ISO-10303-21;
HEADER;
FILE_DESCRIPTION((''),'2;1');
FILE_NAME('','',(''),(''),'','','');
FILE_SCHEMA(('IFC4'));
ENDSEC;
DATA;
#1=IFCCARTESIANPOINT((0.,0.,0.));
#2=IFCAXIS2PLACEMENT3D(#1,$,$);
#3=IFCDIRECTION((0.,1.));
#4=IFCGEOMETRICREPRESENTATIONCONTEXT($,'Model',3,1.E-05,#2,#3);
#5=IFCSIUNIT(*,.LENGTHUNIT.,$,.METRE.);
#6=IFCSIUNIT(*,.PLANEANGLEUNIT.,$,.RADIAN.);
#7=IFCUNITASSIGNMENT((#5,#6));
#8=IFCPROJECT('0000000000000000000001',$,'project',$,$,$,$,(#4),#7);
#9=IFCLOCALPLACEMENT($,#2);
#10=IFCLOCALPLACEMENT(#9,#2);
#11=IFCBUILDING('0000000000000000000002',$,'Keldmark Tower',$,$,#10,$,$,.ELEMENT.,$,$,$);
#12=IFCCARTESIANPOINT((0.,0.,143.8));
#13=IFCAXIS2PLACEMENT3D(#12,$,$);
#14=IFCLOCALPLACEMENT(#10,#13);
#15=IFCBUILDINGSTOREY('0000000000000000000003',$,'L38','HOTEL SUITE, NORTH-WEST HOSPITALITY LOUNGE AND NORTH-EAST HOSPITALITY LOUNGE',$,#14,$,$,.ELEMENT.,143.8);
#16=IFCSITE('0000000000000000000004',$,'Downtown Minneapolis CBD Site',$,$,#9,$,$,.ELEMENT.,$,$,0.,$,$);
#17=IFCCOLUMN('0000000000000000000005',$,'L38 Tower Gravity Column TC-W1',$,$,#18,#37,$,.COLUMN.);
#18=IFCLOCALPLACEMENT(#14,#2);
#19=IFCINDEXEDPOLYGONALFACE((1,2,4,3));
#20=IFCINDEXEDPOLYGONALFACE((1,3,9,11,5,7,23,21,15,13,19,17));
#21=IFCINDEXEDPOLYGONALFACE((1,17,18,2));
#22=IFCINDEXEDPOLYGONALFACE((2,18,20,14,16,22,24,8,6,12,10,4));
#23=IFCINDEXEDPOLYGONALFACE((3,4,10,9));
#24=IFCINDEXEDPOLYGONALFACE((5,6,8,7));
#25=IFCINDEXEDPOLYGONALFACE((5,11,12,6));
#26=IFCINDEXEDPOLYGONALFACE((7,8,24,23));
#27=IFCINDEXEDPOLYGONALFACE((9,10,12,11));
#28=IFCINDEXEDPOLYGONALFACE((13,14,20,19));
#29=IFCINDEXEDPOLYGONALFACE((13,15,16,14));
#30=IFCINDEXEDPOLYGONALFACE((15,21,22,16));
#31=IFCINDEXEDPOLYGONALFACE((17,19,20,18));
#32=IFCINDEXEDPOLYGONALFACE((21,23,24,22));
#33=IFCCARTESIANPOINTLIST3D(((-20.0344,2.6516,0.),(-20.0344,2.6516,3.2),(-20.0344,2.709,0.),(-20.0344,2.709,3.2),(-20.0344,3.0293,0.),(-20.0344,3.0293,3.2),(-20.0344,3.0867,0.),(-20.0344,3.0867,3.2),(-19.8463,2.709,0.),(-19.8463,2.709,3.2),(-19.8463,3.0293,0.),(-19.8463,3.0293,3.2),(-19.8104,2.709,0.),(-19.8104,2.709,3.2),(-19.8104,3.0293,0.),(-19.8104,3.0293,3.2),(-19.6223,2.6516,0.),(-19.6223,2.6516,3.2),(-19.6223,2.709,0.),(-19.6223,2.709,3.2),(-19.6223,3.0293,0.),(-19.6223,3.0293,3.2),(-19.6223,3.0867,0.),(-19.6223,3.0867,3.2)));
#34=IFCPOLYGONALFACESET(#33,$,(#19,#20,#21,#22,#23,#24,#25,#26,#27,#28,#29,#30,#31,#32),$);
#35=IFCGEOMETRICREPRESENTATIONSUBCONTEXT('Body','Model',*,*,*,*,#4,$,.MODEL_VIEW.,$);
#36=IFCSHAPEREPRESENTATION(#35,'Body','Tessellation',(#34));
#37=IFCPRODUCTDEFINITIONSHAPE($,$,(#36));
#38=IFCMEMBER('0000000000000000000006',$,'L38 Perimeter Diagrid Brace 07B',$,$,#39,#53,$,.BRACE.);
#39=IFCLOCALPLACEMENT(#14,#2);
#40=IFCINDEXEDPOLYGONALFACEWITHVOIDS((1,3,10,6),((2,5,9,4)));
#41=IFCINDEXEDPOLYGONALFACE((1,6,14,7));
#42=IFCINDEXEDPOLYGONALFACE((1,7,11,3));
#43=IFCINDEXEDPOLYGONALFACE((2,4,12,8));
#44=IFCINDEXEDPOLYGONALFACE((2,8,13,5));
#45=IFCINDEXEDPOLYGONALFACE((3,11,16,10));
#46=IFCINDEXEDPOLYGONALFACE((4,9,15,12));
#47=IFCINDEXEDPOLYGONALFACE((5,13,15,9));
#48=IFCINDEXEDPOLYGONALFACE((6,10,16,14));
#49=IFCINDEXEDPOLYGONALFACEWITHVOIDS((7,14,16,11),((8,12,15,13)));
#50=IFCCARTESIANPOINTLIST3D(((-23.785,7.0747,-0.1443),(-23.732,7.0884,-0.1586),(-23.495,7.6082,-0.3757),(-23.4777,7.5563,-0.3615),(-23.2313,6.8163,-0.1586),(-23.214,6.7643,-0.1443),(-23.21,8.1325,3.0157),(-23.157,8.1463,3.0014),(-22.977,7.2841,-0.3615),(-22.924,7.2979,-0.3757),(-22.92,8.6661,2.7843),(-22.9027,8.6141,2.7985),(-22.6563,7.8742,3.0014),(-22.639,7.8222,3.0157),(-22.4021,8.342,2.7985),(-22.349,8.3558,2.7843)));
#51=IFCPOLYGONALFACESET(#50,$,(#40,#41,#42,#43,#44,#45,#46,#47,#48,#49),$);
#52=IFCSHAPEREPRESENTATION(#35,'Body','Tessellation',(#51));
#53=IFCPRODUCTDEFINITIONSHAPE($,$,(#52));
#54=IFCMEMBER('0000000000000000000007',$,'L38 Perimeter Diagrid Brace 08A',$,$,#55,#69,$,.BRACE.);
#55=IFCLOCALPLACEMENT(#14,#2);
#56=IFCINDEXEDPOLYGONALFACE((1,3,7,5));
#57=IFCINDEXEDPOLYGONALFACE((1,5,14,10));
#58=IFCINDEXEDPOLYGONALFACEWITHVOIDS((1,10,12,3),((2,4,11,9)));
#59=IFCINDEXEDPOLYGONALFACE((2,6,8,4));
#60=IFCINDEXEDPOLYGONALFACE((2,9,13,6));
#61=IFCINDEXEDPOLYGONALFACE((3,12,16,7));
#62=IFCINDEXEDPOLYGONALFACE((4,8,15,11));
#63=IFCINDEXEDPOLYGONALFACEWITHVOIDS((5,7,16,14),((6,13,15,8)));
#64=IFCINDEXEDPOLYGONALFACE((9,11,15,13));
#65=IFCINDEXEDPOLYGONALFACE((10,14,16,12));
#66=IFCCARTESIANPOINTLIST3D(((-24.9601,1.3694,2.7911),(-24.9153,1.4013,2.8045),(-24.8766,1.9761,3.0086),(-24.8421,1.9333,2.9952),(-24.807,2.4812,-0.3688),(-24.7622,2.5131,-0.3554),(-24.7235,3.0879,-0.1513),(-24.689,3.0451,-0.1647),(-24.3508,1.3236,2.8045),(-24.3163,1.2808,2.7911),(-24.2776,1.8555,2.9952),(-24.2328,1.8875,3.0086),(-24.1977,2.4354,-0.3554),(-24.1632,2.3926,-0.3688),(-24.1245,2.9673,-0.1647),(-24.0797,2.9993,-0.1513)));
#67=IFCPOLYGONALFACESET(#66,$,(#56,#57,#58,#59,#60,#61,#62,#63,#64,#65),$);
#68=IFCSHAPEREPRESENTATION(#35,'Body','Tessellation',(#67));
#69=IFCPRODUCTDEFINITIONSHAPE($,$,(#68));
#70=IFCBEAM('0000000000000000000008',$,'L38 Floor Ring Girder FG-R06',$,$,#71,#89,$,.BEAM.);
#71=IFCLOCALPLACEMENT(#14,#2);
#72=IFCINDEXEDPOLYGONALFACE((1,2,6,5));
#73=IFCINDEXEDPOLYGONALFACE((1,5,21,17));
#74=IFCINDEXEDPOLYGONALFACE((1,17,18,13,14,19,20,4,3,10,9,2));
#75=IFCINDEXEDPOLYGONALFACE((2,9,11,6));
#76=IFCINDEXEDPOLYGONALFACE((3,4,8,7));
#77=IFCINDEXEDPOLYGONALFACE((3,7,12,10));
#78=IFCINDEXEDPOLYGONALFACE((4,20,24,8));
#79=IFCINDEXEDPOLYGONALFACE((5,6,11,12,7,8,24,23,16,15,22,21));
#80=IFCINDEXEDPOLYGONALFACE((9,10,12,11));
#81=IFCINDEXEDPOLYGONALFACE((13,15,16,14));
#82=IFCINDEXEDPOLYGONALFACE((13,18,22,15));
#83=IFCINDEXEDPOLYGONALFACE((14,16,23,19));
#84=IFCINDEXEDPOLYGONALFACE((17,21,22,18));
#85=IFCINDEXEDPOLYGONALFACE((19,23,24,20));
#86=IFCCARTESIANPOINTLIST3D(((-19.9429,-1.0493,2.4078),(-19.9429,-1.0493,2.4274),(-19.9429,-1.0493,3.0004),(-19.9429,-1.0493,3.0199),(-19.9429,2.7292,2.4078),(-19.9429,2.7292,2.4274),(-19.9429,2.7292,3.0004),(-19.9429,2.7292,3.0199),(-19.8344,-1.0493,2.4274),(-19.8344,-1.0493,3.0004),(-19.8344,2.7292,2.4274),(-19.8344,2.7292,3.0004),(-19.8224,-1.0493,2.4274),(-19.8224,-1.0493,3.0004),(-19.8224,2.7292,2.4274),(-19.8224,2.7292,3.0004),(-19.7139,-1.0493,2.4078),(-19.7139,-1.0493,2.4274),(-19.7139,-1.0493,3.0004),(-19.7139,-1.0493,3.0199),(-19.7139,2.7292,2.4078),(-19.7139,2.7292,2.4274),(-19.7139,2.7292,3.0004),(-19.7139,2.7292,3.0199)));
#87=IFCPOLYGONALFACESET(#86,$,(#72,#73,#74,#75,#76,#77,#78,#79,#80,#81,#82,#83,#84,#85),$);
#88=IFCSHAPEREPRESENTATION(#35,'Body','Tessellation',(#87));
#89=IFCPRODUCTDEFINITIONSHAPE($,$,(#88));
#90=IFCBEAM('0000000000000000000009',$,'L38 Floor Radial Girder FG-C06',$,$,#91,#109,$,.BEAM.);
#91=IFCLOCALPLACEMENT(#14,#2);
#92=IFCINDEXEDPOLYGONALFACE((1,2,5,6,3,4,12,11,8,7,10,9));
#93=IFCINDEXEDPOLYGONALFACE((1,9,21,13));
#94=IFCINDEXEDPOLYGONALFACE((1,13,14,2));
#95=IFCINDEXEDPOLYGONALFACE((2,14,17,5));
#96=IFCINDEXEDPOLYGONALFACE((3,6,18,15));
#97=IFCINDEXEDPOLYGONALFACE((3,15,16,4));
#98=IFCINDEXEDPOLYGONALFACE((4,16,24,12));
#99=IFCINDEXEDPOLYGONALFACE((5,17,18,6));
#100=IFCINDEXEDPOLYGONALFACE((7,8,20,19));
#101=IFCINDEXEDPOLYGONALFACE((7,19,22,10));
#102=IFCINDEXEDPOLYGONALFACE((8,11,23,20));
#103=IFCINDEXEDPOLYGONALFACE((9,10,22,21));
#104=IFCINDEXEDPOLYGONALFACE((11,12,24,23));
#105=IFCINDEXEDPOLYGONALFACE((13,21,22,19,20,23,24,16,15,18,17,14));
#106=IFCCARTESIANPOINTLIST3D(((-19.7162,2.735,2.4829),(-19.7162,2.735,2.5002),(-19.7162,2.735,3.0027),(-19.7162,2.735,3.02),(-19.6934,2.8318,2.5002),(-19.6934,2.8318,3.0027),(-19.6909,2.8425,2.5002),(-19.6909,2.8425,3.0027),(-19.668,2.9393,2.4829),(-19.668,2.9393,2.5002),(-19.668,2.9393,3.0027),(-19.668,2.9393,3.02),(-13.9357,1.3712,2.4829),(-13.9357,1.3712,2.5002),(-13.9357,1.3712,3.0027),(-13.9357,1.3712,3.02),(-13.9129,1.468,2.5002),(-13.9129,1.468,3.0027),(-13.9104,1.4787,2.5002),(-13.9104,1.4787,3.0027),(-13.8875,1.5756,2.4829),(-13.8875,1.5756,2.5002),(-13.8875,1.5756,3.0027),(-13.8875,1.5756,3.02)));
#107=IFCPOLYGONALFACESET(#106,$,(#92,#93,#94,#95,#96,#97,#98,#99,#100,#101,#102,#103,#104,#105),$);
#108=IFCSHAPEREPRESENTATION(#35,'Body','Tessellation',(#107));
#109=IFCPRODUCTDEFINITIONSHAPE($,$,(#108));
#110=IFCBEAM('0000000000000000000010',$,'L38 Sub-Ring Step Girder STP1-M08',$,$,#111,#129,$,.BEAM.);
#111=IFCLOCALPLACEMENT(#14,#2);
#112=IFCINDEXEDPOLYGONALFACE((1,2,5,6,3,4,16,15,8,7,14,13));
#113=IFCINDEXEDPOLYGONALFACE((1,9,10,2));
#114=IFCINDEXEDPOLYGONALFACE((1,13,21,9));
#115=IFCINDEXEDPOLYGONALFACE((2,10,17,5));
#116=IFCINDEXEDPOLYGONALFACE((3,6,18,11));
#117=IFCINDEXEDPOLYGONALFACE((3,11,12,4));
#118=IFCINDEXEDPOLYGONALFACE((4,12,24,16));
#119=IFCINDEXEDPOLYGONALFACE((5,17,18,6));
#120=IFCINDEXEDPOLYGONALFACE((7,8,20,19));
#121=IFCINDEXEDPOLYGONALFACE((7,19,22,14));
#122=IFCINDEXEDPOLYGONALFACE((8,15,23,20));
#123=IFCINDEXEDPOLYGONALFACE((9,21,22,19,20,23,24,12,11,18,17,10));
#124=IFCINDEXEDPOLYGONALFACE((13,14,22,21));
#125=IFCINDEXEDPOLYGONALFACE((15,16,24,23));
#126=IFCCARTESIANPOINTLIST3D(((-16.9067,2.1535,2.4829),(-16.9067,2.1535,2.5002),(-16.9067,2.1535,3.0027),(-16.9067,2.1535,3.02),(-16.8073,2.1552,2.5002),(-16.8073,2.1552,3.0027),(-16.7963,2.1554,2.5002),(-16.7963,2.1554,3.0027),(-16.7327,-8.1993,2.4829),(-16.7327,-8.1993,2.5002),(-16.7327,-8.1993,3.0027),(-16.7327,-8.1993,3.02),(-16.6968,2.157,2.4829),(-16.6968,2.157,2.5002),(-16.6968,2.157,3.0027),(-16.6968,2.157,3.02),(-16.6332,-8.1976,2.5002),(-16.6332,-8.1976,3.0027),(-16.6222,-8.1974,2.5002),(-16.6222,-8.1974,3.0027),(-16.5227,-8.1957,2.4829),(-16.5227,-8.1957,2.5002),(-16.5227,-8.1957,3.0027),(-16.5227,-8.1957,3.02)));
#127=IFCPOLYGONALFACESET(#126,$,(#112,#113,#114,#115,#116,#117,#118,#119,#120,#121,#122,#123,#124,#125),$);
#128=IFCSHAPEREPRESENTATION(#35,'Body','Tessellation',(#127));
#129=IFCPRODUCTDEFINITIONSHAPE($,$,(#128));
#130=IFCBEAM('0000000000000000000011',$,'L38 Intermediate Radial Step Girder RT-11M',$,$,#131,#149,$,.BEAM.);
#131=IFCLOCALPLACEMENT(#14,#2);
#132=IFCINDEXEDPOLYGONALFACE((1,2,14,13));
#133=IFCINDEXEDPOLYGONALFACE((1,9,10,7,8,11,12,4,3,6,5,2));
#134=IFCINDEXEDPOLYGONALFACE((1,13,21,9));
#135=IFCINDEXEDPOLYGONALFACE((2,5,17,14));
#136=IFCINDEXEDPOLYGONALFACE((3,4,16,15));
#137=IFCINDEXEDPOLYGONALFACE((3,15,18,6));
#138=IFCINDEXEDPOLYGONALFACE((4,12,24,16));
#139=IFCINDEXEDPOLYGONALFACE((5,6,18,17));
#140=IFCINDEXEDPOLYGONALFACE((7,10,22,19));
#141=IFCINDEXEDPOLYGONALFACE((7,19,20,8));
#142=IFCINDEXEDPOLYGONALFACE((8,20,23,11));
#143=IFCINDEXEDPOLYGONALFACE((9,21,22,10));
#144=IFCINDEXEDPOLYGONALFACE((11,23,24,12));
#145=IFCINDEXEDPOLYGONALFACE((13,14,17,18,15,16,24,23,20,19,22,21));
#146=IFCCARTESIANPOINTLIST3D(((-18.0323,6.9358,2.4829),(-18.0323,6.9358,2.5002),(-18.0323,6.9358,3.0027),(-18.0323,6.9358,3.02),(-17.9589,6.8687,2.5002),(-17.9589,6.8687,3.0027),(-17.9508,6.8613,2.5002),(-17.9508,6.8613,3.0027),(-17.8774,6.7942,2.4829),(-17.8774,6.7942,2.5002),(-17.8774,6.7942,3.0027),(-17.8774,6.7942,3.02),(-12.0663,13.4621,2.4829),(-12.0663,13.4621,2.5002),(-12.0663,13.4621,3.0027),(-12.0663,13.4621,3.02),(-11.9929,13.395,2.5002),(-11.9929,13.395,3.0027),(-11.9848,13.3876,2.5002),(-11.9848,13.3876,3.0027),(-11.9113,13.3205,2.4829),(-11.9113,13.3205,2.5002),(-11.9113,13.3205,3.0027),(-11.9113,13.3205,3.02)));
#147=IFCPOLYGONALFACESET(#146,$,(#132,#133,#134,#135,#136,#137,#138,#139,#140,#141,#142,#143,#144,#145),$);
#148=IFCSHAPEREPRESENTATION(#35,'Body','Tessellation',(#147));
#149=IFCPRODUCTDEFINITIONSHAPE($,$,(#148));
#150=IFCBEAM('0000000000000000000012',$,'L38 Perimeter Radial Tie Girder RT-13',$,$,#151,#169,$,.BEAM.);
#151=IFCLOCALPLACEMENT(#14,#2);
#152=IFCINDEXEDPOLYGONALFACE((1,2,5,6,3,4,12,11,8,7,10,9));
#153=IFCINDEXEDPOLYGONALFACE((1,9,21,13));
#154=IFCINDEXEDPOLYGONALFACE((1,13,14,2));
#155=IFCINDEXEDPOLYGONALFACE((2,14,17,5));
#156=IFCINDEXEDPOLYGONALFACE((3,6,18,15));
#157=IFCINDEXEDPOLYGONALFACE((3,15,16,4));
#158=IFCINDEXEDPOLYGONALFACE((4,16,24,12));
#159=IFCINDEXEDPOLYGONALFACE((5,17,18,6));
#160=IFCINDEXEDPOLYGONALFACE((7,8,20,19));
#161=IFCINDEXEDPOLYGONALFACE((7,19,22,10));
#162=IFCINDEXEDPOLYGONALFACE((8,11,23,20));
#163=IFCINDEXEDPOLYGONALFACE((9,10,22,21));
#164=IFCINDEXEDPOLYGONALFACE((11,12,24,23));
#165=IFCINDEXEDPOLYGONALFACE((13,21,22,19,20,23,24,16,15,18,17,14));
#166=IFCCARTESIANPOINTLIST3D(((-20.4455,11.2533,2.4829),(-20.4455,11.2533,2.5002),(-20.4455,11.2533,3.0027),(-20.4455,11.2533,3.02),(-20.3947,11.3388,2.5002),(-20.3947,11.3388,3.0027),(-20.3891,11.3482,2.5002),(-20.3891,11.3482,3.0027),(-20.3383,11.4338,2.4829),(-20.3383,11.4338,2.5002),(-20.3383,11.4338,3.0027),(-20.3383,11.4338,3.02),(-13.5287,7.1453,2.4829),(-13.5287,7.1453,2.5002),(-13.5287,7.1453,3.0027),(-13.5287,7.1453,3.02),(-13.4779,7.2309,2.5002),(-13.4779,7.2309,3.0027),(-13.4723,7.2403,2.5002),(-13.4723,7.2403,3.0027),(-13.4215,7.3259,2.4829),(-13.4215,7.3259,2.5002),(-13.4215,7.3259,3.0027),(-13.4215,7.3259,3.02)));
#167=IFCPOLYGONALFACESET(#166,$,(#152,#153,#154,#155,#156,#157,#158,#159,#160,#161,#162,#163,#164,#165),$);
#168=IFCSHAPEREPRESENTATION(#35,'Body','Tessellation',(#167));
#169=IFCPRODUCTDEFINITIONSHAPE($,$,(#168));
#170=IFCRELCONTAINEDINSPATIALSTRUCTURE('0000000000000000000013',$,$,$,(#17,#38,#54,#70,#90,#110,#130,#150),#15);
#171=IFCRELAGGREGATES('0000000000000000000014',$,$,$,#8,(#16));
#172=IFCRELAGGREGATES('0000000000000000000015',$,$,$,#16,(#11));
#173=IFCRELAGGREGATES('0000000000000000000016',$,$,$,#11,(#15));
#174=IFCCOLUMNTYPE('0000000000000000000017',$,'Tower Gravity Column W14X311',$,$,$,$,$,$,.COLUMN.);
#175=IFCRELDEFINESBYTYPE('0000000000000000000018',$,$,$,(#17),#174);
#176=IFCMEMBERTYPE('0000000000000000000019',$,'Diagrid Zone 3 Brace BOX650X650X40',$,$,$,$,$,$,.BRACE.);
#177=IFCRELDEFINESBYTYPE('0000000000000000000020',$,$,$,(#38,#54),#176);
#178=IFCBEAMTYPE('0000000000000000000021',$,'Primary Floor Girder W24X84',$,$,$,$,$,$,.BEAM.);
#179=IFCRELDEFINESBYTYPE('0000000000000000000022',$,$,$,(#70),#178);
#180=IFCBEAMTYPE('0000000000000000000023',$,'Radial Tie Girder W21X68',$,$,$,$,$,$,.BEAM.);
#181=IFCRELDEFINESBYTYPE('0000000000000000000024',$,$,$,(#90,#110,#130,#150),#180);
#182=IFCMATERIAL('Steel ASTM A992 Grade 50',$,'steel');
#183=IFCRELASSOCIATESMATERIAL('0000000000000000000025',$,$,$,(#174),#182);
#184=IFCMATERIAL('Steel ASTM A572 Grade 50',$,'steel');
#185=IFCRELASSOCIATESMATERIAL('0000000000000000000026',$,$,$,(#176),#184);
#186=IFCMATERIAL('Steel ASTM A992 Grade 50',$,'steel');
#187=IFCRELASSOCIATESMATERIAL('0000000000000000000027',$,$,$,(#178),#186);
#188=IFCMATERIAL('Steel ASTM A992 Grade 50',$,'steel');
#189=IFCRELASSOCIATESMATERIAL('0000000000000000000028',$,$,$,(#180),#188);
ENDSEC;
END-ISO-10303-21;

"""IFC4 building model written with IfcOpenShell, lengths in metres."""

from ifc_helpers import new_model, si_unit, direction, frame, origin, origin_2d, place, context, subcontext, project, spatial, hollow_rectangle, i_section, extrude, material, material_profile, profile_set, type_object, element, save


model = new_model("IFC4")

# Units and contexts
model_context = context("Model", 3, precision=1e-05, world=origin(), true_north=direction((0.0, 1.0)))
body_context = subcontext(model_context, "Body", "Model", "MODEL_VIEW")
ifc_project = project(units=[si_unit("LENGTHUNIT", "METRE"), si_unit("PLANEANGLEUNIT", "RADIAN")], contexts=[model_context])

# Site, building, storey
site_placement = place(None, origin())
site = spatial("IfcSite", under=ifc_project, at=site_placement, Name="Downtown Minneapolis CBD Site", CompositionType="ELEMENT", RefElevation=0.0)
building_placement = place(site_placement, origin())
building = spatial("IfcBuilding", under=site, at=building_placement, Name="Keldmark Tower", CompositionType="ELEMENT")
storey_placement = place(building_placement, frame((0.0, 0.0, 143.8)))
storey = spatial("IfcBuildingStorey", under=building, at=storey_placement, Name="L38", Description="HOTEL SUITE, NORTH-WEST HOSPITALITY LOUNGE AND NORTH-EAST HOSPITALITY LOUNGE", CompositionType="ELEMENT", Elevation=143.8)

# Column
ifc_material_1 = material(Name="Steel ASTM A992 Grade 50", Category="steel")
ifc_material_profile_1 = material_profile(ifc_material_1, i_section(OverallWidth=0.4121, OverallDepth=0.4351, WebThickness=0.0359, FlangeThickness=0.0574, at=origin_2d()), Name="W14X311")
ifc_profile_set_1 = profile_set([ifc_material_profile_1], Name="Steel ASTM A992 Grade 50")
column_type = type_object("IfcColumnType", Name="Tower Gravity Column W14X311", PredefinedType="COLUMN", material=ifc_profile_set_1)
column_placement = place(storey_placement, frame((-19.8284, 2.8691, 0.0), z_axis=(0.0, 0.0, 1.0), x_axis=(1.0, 0.0, 0.0)))
element("IfcColumn", 1, at=column_placement, inside=storey, type_object=column_type, Name="L38 Tower Gravity Column TC-W1", PredefinedType="COLUMN", context=body_context, shape_type="SweptSolid", body=[
    extrude(i_section(OverallWidth=0.4121, OverallDepth=0.4351, WebThickness=0.0359, FlangeThickness=0.0574, at=origin_2d()), origin(), (0.0, 0.0, 1.0), 3.2),
])

# Members
ifc_material_2 = material(Name="Steel ASTM A572 Grade 50", Category="steel")
ifc_material_profile_2 = material_profile(ifc_material_2, hollow_rectangle(XDim=0.6499, YDim=0.6499, WallThickness=0.04, at=origin_2d()), Name="BOX650X650X40")
ifc_profile_set_2 = profile_set([ifc_material_profile_2], Name="Steel ASTM A572 Grade 50")
member_type = type_object("IfcMemberType", Name="Diagrid Zone 3 Brace BOX650X650X40", PredefinedType="BRACE", material=ifc_profile_set_2)
member_1_placement = place(storey_placement, frame((-23.3545, 7.1863, -0.26), z_axis=(0.170027, 0.312836, 0.934465), x_axis=(-0.878615, 0.47753, 0.0)))
element("IfcMember", 2, at=member_1_placement, inside=storey, type_object=member_type, Name="L38 Perimeter Diagrid Brace 07B", PredefinedType="BRACE", context=body_context, shape_type="SweptSolid", body=[
    extrude(hollow_rectangle(XDim=0.6499, YDim=0.6499, WallThickness=0.04, at=origin_2d()), origin(), (0.0, 0.0, 1.0), 3.3816),
])
member_2_placement = place(storey_placement, frame((-24.4434, 2.7402, -0.26), z_axis=(-0.045649, -0.331559, 0.942329), x_axis=(0.990655, -0.136394, 0.0)))
element("IfcMember", 3, at=member_2_placement, inside=storey, type_object=member_type, Name="L38 Perimeter Diagrid Brace 08A", PredefinedType="BRACE", context=body_context, shape_type="SweptSolid", body=[
    extrude(hollow_rectangle(XDim=0.6499, YDim=0.6499, WallThickness=0.04, at=origin_2d()), origin(), (0.0, 0.0, 1.0), 3.3533),
])

# Beams
ifc_material_3 = material(Name="Steel ASTM A992 Grade 50", Category="steel")
ifc_material_profile_3 = material_profile(ifc_material_3, i_section(OverallWidth=0.229, OverallDepth=0.6121, WebThickness=0.012, FlangeThickness=0.0195, at=origin_2d()), Name="W24X84")
ifc_profile_set_3 = profile_set([ifc_material_profile_3], Name="Steel ASTM A992 Grade 50")
beam_type_1 = type_object("IfcBeamType", Name="Primary Floor Girder W24X84", PredefinedType="BEAM", material=ifc_profile_set_3)
beam_1_placement = place(storey_placement, frame((-19.8284, 2.7292, 2.7139), z_axis=(0.0, -1.0, 0.0), x_axis=(1.0, 0.0, 0.0)))
element("IfcBeam", 4, at=beam_1_placement, inside=storey, type_object=beam_type_1, Name="L38 Floor Ring Girder FG-R06", PredefinedType="BEAM", context=body_context, shape_type="SweptSolid", body=[
    extrude(i_section(OverallWidth=0.229, OverallDepth=0.6121, WebThickness=0.012, FlangeThickness=0.0195, at=origin_2d()), origin(), (0.0, 0.0, 1.0), 3.7786),
])
ifc_material_4 = material(Name="Steel ASTM A992 Grade 50", Category="steel")
ifc_material_profile_4 = material_profile(ifc_material_4, i_section(OverallWidth=0.21, OverallDepth=0.5371, WebThickness=0.011, FlangeThickness=0.0173, at=origin_2d()), Name="W21X68")
ifc_profile_set_4 = profile_set([ifc_material_profile_4], Name="Steel ASTM A992 Grade 50")
beam_type_2 = type_object("IfcBeamType", Name="Radial Tie Girder W21X68", PredefinedType="BEAM", material=ifc_profile_set_4)
beam_2_placement = place(storey_placement, frame((-19.6921, 2.8372, 2.7515), z_axis=(0.97328, -0.229621, 0.0), x_axis=(0.229621, 0.97328, 0.0)))
element("IfcBeam", 5, at=beam_2_placement, inside=storey, type_object=beam_type_2, Name="L38 Floor Radial Girder FG-C06", PredefinedType="BEAM", context=body_context, shape_type="SweptSolid", body=[
    extrude(i_section(OverallWidth=0.21, OverallDepth=0.5371, WebThickness=0.011, FlangeThickness=0.0173, at=origin_2d()), origin(), (0.0, 0.0, 1.0), 5.9392),
])
beam_3_placement = place(storey_placement, frame((-16.8018, 2.1553, 2.7515), z_axis=(0.016812, -0.999859, 0.0), x_axis=(0.999859, 0.016812, 0.0)))
element("IfcBeam", 6, at=beam_3_placement, inside=storey, type_object=beam_type_2, Name="L38 Sub-Ring Step Girder STP1-M08", PredefinedType="BEAM", context=body_context, shape_type="SweptSolid", body=[
    extrude(i_section(OverallWidth=0.21, OverallDepth=0.5371, WebThickness=0.011, FlangeThickness=0.0173, at=origin_2d()), origin(), (0.0, 0.0, 1.0), 10.3542),
])
beam_4_placement = place(storey_placement, frame((-17.9548, 6.865, 2.7515), z_axis=(0.674714, 0.738079, 0.0), x_axis=(-0.738079, 0.674714, 0.0)))
element("IfcBeam", 7, at=beam_4_placement, inside=storey, type_object=beam_type_2, Name="L38 Intermediate Radial Step Girder RT-11M", PredefinedType="BEAM", context=body_context, shape_type="SweptSolid", body=[
    extrude(i_section(OverallWidth=0.21, OverallDepth=0.5371, WebThickness=0.011, FlangeThickness=0.0173, at=origin_2d()), origin(), (0.0, 0.0, 1.0), 8.8423),
])
beam_5_placement = place(storey_placement, frame((-13.4751, 7.2356, 2.7515), z_axis=(-0.859795, 0.510639, 0.0), x_axis=(-0.510639, -0.859795, 0.0)))
element("IfcBeam", 8, at=beam_5_placement, inside=storey, type_object=beam_type_2, Name="L38 Perimeter Radial Tie Girder RT-13", PredefinedType="BEAM", context=body_context, shape_type="SweptSolid", body=[
    extrude(i_section(OverallWidth=0.21, OverallDepth=0.5371, WebThickness=0.011, FlangeThickness=0.0173, at=origin_2d()), origin(), (0.0, 0.0, 1.0), 8.0447),
])

save(model, "model.ifc")
